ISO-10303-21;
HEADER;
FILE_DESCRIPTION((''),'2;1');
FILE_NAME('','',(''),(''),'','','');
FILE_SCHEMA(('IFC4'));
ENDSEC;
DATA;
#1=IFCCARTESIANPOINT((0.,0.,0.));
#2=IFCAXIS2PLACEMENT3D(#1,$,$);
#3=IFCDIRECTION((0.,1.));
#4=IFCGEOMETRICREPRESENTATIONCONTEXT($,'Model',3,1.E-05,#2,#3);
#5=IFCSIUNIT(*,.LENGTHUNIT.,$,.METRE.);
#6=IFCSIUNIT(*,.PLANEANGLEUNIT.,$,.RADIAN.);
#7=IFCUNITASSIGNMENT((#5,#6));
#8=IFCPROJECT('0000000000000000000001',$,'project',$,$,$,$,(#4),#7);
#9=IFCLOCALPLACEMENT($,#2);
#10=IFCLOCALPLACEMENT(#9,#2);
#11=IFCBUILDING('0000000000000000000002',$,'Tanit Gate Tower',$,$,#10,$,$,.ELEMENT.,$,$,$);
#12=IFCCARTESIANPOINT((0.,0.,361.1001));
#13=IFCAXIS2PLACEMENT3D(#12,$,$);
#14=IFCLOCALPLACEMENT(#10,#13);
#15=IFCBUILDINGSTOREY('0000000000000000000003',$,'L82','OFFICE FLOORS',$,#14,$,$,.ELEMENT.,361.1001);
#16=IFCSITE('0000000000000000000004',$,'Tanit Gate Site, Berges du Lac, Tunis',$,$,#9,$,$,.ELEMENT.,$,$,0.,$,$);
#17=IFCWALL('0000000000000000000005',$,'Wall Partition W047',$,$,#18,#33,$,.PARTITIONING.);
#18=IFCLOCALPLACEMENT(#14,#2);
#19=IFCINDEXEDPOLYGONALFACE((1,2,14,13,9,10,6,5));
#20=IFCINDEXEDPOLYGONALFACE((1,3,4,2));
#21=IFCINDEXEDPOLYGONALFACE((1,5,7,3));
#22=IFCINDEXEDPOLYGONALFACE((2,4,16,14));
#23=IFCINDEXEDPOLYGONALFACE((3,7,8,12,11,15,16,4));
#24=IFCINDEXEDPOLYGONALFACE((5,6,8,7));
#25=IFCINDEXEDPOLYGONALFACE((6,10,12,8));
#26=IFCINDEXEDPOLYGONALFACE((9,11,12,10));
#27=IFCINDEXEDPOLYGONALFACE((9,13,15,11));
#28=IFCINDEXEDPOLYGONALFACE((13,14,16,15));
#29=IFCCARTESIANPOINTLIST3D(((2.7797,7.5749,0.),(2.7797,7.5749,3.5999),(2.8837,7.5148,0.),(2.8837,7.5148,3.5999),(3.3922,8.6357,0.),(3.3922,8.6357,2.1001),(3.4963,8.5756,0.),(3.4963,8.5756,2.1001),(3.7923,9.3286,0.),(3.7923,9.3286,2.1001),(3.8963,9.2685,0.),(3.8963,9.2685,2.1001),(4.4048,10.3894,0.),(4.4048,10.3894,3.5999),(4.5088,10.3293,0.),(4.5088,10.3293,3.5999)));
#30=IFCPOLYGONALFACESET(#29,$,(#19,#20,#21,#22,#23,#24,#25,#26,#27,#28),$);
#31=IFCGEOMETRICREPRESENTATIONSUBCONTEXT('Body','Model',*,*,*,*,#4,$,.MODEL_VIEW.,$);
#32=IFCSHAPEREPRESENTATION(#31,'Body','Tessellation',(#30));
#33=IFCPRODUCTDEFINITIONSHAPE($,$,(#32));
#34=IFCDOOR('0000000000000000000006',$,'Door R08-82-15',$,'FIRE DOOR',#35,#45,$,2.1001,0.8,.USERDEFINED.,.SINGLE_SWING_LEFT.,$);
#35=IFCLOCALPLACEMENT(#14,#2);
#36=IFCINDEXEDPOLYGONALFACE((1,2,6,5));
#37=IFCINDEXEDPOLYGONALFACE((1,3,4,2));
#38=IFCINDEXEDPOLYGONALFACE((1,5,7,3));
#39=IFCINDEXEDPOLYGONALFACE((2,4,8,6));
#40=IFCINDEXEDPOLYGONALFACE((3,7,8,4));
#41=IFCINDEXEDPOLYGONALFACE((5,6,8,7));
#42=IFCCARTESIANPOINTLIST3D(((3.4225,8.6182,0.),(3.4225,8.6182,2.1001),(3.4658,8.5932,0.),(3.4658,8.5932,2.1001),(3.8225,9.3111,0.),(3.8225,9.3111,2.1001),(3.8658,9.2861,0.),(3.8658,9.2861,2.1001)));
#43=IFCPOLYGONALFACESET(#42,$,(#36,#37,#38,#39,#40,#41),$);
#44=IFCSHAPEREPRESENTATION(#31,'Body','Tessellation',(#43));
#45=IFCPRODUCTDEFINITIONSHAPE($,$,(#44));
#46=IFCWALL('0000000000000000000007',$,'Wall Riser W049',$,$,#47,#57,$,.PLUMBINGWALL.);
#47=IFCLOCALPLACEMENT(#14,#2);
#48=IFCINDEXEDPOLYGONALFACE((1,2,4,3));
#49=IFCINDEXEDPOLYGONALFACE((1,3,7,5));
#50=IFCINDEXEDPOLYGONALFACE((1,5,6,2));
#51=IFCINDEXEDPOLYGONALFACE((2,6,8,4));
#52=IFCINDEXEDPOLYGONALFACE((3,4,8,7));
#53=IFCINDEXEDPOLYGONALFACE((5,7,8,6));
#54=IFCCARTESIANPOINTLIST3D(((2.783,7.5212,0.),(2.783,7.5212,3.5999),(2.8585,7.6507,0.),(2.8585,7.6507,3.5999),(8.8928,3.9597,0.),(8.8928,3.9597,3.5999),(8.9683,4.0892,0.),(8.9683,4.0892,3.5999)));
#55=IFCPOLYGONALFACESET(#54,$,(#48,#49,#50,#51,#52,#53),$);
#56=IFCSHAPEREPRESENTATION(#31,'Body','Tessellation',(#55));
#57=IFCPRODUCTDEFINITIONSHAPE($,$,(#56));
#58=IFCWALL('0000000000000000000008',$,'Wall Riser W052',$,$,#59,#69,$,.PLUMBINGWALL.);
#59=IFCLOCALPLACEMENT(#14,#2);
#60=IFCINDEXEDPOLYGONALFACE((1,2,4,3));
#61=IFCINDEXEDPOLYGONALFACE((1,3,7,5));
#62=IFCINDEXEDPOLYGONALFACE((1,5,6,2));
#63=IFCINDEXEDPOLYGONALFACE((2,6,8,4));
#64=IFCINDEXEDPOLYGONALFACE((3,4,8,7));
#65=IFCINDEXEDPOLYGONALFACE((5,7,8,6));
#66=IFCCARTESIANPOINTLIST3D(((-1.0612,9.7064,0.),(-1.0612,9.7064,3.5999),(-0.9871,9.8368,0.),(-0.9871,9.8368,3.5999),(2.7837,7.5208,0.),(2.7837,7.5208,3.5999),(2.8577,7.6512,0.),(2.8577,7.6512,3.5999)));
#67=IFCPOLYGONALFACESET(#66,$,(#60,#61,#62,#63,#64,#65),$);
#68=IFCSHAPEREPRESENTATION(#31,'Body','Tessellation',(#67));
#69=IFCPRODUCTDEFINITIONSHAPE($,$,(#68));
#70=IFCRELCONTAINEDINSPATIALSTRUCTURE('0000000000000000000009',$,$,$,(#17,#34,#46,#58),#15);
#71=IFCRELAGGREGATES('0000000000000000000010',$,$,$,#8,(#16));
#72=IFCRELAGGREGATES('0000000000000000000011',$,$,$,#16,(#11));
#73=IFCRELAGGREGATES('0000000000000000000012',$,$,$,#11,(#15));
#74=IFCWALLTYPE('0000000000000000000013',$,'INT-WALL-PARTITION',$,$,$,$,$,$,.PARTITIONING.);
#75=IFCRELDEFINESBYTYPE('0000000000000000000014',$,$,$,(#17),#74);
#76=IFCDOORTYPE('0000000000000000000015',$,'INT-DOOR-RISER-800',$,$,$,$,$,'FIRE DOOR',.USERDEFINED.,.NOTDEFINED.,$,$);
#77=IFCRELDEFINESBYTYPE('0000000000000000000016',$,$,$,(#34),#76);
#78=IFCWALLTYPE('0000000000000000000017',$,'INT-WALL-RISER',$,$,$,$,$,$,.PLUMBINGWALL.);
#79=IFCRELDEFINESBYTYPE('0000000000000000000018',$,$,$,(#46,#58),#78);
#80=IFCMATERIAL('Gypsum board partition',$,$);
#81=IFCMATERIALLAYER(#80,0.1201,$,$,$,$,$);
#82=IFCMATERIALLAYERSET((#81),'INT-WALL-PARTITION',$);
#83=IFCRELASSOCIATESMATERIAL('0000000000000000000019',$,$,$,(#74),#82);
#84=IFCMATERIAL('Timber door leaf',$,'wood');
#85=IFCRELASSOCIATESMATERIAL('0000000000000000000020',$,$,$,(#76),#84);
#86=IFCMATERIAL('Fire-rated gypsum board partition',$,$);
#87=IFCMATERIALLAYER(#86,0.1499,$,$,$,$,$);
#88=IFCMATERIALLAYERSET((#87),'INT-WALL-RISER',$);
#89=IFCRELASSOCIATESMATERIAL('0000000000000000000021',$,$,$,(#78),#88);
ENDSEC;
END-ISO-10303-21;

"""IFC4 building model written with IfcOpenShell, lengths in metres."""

from ifc_helpers import new_model, si_unit, direction, frame, frame_2d, origin, place, context, subcontext, project, spatial, rectangle, extrude, material, layer, layer_set, type_object, element, fill, save


model = new_model("IFC4")

# Units and contexts
model_context = context("Model", 3, precision=1e-05, world=origin(), true_north=direction((0.0, 1.0)))
body_context = subcontext(model_context, "Body", "Model", "MODEL_VIEW")
ifc_project = project(units=[si_unit("LENGTHUNIT", "METRE"), si_unit("PLANEANGLEUNIT", "RADIAN")], contexts=[model_context])

# Site, building, storey
site_placement = place(None, origin())
site = spatial("IfcSite", under=ifc_project, at=site_placement, Name="Tanit Gate Site, Berges du Lac, Tunis", CompositionType="ELEMENT", RefElevation=0.0)
building_placement = place(site_placement, origin())
building = spatial("IfcBuilding", under=site, at=building_placement, Name="Tanit Gate Tower", CompositionType="ELEMENT")
storey_placement = place(building_placement, frame((0.0, 0.0, 361.1001)))
storey = spatial("IfcBuildingStorey", under=building, at=storey_placement, Name="L82", Description="OFFICE FLOORS", CompositionType="ELEMENT", Elevation=361.1001)

# Wall, opening, door
ifc_material_1 = material(Name="Gypsum board partition")
ifc_layer_1 = layer(ifc_material_1, 0.1201)
ifc_layer_set_1 = layer_set([ifc_layer_1], Name="INT-WALL-PARTITION")
wall_type_1 = type_object("IfcWallType", Name="INT-WALL-PARTITION", PredefinedType="PARTITIONING", material=ifc_layer_set_1)
wall_1_placement = place(storey_placement, frame((4.4568, 10.3594, 0.0), z_axis=(0.0, 0.0, 1.0), x_axis=(-0.500017, -0.866015, 0.0)))
wall_1 = element("IfcWall", 1, at=wall_1_placement, inside=storey, type_object=wall_type_1, Name="Wall Partition W047", PredefinedType="PARTITIONING", context=body_context, shape_type="SweptSolid", body=[
    extrude(rectangle(XDim=3.25, YDim=0.1201, at=frame_2d((1.625, 0.0))), origin(), (0.0, 0.0, 1.0), 3.5999),
])
opening_1_placement = place(wall_1_placement, frame((1.2251, 0.0, 0.0)))
opening_1 = element("IfcOpeningElement", 2, at=opening_1_placement, cuts=wall_1, PredefinedType="OPENING", context=body_context, shape_type="SweptSolid", body=[
    extrude(rectangle(XDim=0.8, YDim=2.1001, at=frame_2d((0.3999, 1.05))), frame((0.0, 0.0701, 0.0), z_axis=(0.0, -1.0, 0.0), x_axis=(1.0, 0.0, 0.0)), (0.0, 0.0, 1.0), 0.1401),
])
ifc_material_2 = material(Name="Timber door leaf", Category="wood")
door_type_1 = type_object("IfcDoorType", Name="INT-DOOR-RISER-800", ElementType="FIRE DOOR", OperationType="NOTDEFINED", PredefinedType="USERDEFINED", material=ifc_material_2)
door_1_placement = place(opening_1_placement, origin())
door_1 = element("IfcDoor", 3, at=door_1_placement, inside=storey, type_object=door_type_1, Name="Door R08-82-15", ObjectType="FIRE DOOR", OperationType="SINGLE_SWING_LEFT", OverallHeight=2.1001, OverallWidth=0.8, PredefinedType="USERDEFINED", context=body_context, shape_type="SweptSolid", body=[
    extrude(rectangle(XDim=0.8, YDim=2.1001, at=frame_2d((0.3999, 1.05))), frame((0.0, 0.0249, 0.0), z_axis=(0.0, -1.0, 0.0), x_axis=(1.0, 0.0, 0.0)), (0.0, 0.0, 1.0), 0.05),
])
fill(opening_1, door_1)

# Walls
ifc_material_3 = material(Name="Fire-rated gypsum board partition")
ifc_layer_2 = layer(ifc_material_3, 0.1499)
ifc_layer_set_2 = layer_set([ifc_layer_2], Name="INT-WALL-RISER")
wall_type_2 = type_object("IfcWallType", Name="INT-WALL-RISER", PredefinedType="PLUMBINGWALL", material=ifc_layer_set_2)
wall_2_placement = place(storey_placement, frame((8.9307, 4.0244, 0.0), z_axis=(0.0, 0.0, 1.0), x_axis=(-0.863937, 0.503601, 0.0)))
element("IfcWall", 4, at=wall_2_placement, inside=storey, type_object=wall_type_2, Name="Wall Riser W049", PredefinedType="PLUMBINGWALL", context=body_context, shape_type="SweptSolid", body=[
    extrude(rectangle(XDim=7.072, YDim=0.1499, at=frame_2d((3.5361, 0.0))), origin(), (0.0, 0.0, 1.0), 3.5999),
])
wall_3_placement = place(storey_placement, frame((2.8208, 7.5859, 0.0), z_axis=(0.0, 0.0, 1.0), x_axis=(-0.869355, 0.494188, 0.0)))
element("IfcWall", 5, at=wall_3_placement, inside=storey, type_object=wall_type_2, Name="Wall Riser W052", PredefinedType="PLUMBINGWALL", context=body_context, shape_type="SweptSolid", body=[
    extrude(rectangle(XDim=4.4226, YDim=0.1499, at=frame_2d((2.2114, 0.0))), origin(), (0.0, 0.0, 1.0), 3.5999),
])

save(model, "model.ifc")
